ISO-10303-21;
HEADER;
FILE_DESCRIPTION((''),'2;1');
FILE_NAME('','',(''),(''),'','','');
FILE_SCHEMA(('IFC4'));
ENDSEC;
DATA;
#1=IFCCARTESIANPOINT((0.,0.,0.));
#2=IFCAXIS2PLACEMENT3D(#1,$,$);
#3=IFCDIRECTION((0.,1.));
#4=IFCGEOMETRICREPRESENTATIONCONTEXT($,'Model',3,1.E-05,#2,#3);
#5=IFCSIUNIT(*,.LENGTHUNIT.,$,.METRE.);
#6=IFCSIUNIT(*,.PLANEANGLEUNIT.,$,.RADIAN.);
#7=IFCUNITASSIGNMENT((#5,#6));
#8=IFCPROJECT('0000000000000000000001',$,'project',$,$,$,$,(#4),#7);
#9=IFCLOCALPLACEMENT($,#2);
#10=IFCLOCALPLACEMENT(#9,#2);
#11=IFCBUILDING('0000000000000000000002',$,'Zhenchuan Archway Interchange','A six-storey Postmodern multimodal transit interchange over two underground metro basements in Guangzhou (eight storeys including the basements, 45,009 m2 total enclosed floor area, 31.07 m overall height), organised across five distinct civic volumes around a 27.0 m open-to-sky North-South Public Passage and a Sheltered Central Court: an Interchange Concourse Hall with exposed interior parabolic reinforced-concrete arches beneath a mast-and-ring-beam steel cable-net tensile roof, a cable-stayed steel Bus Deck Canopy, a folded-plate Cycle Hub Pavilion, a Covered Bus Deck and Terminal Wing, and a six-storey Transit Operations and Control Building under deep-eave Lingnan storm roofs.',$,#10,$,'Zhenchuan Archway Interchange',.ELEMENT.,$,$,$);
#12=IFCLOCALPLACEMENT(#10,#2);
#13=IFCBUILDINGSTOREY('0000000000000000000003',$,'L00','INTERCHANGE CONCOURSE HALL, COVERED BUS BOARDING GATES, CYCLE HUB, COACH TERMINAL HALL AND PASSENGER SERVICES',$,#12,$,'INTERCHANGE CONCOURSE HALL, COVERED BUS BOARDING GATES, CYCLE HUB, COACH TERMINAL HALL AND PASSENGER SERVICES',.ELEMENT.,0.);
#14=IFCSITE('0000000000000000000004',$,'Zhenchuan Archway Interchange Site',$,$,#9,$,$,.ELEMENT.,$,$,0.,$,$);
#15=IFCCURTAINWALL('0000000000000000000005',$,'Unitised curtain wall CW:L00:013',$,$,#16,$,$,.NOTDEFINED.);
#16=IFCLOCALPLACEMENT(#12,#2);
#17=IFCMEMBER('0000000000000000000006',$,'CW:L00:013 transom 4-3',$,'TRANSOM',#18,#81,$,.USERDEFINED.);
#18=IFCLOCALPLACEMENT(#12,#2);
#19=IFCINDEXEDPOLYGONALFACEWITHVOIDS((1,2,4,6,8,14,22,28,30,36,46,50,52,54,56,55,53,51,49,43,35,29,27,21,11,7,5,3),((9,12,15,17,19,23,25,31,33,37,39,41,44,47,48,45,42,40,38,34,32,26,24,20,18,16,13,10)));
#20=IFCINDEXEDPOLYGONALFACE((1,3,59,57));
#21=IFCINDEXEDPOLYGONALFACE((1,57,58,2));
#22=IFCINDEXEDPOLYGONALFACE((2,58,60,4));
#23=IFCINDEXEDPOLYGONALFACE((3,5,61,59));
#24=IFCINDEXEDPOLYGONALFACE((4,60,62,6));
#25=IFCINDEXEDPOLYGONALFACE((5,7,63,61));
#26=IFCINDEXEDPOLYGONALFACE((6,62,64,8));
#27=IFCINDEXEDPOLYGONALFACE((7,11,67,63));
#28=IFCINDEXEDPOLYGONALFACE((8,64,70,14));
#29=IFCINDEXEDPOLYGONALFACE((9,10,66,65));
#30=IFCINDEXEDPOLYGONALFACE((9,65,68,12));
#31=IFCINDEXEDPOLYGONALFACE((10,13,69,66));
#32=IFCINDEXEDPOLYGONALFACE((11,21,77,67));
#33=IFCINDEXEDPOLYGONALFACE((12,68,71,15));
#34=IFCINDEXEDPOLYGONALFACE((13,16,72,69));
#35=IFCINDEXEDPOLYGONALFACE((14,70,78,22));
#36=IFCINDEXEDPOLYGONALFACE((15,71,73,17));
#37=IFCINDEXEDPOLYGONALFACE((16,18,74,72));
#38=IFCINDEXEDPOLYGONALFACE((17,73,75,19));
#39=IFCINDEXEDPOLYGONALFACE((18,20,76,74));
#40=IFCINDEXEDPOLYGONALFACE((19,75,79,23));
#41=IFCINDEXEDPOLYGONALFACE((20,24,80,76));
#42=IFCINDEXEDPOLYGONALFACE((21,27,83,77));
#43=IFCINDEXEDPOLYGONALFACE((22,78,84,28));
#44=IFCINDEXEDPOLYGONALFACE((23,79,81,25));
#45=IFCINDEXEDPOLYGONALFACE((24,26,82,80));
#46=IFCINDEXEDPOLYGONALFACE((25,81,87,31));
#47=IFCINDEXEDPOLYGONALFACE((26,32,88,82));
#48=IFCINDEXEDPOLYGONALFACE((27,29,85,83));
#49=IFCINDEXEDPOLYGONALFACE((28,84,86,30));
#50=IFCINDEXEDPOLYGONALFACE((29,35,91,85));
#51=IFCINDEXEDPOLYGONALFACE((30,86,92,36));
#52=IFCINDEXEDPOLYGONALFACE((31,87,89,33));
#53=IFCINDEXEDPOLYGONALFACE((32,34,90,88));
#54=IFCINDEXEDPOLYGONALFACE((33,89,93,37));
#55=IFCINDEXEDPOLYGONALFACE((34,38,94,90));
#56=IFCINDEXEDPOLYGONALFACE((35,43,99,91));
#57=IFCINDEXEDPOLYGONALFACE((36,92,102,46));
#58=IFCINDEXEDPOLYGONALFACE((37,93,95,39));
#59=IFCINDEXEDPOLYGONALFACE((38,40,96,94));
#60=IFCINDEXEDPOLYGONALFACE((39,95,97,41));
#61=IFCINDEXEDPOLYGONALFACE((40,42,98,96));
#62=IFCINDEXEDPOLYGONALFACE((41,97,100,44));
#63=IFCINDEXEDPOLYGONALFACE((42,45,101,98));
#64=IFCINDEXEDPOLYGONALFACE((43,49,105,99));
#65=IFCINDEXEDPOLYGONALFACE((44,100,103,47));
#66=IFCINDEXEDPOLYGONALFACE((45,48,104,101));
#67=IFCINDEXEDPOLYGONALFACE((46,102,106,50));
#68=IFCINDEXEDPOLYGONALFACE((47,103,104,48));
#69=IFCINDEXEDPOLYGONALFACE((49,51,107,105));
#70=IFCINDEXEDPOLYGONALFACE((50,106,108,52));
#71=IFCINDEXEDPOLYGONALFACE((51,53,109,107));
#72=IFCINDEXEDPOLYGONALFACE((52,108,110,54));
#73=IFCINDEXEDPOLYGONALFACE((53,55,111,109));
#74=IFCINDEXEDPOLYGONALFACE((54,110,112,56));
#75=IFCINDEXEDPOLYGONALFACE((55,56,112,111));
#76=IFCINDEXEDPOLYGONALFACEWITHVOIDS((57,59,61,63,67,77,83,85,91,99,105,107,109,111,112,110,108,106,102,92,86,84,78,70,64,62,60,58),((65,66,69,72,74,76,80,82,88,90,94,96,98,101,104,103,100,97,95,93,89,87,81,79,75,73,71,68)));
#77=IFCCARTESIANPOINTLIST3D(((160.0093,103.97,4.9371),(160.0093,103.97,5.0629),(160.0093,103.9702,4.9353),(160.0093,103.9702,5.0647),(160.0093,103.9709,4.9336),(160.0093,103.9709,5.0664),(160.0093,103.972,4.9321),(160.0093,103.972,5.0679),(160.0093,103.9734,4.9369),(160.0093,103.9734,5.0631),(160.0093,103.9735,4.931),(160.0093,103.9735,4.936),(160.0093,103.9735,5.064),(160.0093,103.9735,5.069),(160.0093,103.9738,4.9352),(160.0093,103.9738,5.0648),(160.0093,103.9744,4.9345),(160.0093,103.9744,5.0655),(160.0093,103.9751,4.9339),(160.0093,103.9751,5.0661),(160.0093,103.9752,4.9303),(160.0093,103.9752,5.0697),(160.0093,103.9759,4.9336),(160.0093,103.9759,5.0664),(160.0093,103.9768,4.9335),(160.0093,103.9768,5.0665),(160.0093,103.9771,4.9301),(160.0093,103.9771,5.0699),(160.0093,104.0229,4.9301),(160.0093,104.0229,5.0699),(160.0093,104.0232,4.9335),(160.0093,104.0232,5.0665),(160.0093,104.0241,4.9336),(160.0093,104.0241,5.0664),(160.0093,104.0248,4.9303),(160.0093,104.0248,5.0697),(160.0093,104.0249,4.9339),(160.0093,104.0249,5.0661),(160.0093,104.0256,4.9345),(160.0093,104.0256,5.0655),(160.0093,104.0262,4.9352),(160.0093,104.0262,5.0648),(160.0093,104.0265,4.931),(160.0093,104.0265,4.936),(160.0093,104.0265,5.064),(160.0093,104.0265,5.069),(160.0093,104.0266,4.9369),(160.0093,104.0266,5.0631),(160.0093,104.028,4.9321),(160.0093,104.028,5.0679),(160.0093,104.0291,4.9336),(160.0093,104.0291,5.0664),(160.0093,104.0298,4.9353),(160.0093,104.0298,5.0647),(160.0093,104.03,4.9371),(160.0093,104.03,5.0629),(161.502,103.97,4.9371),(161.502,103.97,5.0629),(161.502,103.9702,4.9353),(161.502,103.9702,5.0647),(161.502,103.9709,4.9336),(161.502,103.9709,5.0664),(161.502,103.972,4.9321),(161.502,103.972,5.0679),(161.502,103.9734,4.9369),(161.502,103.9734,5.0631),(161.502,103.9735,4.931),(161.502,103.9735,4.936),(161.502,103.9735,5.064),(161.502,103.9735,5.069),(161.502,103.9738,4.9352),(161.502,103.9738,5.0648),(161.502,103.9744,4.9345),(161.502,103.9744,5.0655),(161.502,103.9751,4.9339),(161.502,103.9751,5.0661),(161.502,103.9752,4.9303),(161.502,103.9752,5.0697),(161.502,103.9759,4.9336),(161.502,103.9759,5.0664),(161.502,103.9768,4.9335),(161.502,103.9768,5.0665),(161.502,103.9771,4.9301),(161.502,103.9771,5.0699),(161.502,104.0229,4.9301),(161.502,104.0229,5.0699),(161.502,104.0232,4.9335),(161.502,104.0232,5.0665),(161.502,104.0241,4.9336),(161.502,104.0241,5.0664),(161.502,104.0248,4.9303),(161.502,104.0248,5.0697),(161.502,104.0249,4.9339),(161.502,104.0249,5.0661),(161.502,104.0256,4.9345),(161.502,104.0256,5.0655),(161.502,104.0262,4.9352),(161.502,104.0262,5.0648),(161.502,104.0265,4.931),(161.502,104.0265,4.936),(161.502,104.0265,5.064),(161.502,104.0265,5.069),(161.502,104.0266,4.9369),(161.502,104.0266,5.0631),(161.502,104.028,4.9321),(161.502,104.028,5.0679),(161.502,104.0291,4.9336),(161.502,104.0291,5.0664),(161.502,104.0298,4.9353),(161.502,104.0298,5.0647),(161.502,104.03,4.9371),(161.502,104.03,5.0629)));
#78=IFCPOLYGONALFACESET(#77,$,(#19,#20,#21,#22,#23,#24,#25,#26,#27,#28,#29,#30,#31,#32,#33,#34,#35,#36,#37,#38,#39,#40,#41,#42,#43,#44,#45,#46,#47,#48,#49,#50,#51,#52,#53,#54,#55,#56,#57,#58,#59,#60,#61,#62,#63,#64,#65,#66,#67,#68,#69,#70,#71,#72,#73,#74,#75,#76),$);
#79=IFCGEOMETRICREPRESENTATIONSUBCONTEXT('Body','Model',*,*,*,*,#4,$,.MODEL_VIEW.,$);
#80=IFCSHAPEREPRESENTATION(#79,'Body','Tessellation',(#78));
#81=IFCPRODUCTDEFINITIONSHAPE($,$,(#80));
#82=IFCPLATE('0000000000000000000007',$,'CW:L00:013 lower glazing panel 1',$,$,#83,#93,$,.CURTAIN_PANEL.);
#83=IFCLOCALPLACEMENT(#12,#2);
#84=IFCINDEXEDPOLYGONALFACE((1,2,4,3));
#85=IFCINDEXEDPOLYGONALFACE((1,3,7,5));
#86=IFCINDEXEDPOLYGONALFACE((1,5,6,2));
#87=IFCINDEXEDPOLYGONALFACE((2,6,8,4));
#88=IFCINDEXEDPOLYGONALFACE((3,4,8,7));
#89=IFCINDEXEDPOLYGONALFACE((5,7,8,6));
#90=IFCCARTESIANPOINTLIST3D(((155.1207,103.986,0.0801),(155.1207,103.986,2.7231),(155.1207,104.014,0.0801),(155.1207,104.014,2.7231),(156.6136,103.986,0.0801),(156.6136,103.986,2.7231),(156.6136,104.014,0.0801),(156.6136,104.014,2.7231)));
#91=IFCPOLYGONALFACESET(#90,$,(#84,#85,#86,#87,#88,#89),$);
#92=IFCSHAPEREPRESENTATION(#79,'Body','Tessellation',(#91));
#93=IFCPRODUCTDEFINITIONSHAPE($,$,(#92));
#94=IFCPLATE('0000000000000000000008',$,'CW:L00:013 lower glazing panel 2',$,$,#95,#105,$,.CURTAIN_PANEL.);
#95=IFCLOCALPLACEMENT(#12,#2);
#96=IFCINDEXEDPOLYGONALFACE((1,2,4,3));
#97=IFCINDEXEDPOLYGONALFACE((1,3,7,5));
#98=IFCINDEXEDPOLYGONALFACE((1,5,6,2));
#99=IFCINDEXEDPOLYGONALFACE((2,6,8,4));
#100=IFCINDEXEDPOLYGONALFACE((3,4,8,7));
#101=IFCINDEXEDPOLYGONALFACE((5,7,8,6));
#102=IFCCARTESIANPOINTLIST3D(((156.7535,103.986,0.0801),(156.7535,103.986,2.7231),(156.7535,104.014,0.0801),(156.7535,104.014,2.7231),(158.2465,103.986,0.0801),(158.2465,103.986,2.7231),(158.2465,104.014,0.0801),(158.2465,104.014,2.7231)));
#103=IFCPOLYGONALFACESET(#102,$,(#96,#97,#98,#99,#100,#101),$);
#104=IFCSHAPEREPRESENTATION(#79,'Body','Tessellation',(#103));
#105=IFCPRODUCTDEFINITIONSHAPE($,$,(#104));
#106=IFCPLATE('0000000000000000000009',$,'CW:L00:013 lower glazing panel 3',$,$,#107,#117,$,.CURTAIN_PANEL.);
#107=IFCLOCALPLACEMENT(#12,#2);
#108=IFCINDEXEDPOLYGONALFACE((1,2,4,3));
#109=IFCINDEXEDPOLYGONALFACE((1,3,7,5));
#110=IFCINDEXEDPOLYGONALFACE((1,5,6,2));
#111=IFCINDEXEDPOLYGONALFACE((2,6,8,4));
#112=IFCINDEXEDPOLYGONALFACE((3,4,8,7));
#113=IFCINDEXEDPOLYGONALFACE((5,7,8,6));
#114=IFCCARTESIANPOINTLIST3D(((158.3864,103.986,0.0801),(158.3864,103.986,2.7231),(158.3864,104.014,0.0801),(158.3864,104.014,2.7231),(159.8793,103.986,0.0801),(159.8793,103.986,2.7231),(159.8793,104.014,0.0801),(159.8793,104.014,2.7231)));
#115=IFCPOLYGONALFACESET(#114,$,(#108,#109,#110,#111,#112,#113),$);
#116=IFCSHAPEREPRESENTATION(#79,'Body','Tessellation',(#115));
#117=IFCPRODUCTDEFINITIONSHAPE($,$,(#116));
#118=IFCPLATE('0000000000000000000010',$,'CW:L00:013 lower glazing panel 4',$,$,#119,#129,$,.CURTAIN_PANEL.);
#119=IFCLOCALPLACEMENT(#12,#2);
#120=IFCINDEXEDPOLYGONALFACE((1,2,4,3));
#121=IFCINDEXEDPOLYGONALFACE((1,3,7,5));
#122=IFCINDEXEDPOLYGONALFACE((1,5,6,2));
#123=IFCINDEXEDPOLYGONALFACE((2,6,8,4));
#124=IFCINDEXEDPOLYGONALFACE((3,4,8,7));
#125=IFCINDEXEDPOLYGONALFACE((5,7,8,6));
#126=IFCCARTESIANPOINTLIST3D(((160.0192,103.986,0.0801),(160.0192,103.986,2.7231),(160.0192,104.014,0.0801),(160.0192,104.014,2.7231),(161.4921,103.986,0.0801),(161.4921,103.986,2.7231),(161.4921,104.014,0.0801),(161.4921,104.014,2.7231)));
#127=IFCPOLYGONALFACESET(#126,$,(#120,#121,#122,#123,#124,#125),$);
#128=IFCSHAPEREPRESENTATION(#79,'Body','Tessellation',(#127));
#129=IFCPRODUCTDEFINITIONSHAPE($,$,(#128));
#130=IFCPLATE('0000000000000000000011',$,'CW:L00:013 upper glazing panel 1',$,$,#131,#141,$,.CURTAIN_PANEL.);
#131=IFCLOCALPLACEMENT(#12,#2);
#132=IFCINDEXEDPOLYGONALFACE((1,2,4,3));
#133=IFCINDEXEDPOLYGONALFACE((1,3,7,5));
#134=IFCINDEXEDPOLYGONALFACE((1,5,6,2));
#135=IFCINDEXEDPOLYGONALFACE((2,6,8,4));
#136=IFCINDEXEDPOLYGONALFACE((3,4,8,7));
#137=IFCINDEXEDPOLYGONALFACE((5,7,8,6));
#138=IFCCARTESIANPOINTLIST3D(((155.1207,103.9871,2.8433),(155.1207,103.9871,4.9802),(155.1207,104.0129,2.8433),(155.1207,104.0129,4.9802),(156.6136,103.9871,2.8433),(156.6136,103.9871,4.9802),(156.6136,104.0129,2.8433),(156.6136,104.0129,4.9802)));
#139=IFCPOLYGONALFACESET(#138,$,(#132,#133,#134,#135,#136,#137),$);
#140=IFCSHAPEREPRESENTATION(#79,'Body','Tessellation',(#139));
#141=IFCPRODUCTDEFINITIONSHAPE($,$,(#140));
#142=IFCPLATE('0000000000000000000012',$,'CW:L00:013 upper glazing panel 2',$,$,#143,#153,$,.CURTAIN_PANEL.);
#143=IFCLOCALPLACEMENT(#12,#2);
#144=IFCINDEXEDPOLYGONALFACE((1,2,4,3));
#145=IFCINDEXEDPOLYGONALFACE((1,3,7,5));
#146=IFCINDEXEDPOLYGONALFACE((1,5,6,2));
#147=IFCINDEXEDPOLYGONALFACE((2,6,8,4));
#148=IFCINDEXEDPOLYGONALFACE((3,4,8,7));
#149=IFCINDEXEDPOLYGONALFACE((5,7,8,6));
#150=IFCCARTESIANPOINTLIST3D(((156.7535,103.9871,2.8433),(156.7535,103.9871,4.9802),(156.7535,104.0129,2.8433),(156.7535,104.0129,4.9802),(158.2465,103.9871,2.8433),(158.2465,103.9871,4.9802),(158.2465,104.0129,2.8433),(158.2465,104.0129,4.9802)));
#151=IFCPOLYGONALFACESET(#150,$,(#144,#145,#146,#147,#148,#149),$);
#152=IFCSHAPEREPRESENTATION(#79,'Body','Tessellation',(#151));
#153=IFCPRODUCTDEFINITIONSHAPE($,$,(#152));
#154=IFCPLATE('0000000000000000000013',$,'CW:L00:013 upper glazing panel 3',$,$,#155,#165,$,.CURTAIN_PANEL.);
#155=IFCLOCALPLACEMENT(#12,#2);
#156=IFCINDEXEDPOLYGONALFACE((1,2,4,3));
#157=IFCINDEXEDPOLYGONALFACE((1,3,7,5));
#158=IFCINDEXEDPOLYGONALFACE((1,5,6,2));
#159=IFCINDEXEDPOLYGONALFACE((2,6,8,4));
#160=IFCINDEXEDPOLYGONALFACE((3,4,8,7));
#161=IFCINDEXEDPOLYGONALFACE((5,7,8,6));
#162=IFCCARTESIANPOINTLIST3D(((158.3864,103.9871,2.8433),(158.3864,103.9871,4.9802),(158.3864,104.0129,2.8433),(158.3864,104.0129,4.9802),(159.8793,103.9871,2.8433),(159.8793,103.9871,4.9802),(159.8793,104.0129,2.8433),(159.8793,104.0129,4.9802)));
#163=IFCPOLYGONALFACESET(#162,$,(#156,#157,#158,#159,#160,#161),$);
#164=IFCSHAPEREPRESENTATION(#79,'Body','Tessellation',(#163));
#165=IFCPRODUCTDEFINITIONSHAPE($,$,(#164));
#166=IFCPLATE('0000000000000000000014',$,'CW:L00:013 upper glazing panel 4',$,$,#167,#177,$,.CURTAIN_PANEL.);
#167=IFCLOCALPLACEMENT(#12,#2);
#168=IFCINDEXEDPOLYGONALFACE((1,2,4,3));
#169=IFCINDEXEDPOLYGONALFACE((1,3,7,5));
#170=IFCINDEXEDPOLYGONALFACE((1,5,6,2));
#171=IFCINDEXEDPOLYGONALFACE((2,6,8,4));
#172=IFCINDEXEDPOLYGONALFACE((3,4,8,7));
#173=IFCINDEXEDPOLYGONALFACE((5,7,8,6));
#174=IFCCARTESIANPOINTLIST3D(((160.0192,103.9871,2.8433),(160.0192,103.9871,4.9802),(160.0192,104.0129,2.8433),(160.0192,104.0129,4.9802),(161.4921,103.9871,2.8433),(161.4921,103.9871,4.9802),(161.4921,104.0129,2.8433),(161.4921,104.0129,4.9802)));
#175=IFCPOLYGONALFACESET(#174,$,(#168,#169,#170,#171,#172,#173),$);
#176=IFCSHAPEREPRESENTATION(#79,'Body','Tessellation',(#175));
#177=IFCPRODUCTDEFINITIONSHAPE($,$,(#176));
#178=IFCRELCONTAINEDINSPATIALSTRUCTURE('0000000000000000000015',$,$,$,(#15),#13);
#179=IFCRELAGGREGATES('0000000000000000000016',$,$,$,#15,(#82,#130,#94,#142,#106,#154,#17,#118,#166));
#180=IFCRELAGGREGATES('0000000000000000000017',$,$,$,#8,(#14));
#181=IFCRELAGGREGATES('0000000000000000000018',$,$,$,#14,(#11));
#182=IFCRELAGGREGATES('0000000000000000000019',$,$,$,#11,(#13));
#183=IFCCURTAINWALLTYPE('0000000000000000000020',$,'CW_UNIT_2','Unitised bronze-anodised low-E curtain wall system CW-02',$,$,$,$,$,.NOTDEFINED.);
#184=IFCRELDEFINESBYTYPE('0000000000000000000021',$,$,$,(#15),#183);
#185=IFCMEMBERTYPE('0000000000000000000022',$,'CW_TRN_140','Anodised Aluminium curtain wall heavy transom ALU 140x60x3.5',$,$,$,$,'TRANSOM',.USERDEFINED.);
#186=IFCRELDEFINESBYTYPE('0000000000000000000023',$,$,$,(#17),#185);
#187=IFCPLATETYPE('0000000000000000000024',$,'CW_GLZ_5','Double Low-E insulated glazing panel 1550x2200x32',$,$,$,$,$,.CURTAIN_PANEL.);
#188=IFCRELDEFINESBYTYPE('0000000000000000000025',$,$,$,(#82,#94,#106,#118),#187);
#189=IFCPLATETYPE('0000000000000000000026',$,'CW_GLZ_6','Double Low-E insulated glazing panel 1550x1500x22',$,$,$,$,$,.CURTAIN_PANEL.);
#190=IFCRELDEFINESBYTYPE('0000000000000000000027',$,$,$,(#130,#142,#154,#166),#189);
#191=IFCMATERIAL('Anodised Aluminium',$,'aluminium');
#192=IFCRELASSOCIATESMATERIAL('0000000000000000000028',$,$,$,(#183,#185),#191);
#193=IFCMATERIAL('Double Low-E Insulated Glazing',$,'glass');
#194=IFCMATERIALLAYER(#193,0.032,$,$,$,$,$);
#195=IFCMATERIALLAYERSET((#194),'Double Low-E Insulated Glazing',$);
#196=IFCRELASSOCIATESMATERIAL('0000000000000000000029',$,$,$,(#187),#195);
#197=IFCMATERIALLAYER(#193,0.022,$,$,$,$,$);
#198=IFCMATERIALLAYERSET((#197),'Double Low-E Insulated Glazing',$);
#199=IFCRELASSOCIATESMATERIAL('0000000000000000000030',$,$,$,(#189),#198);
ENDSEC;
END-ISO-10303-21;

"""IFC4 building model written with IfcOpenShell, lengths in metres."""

from ifc_helpers import new_model, si_unit, direction, frame, origin, origin_2d, place, context, subcontext, project, spatial, rectangle, hollow_rectangle, extrude, material, layer, layer_set, material_profile, profile_set, type_object, element, aggregate, save


model = new_model("IFC4")

# Units and contexts
model_context = context("Model", 3, precision=1e-05, world=origin(), true_north=direction((0.0, 1.0)))
body_context = subcontext(model_context, "Body", "Model", "MODEL_VIEW")
ifc_project = project(units=[si_unit("LENGTHUNIT", "METRE"), si_unit("PLANEANGLEUNIT", "RADIAN")], contexts=[model_context])

# Site, building, storey
site_placement = place(None, origin())
site = spatial("IfcSite", under=ifc_project, at=site_placement, Name="Zhenchuan Archway Interchange Site", CompositionType="ELEMENT", RefElevation=0.0)
building_placement = place(site_placement, origin())
building = spatial("IfcBuilding", under=site, at=building_placement, Name="Zhenchuan Archway Interchange", Description="A six-storey Postmodern multimodal transit interchange over two underground metro basements in Guangzhou (eight storeys including the basements, 45,009 m2 total enclosed floor area, 31.07 m overall height), organised across five distinct civic volumes around a 27.0 m open-to-sky North-South Public Passage and a Sheltered Central Court: an Interchange Concourse Hall with exposed interior parabolic reinforced-concrete arches beneath a mast-and-ring-beam steel cable-net tensile roof, a cable-stayed steel Bus Deck Canopy, a folded-plate Cycle Hub Pavilion, a Covered Bus Deck and Terminal Wing, and a six-storey Transit Operations and Control Building under deep-eave Lingnan storm roofs.", LongName="Zhenchuan Archway Interchange", CompositionType="ELEMENT")
storey_placement = place(building_placement, origin())
storey = spatial("IfcBuildingStorey", under=building, at=storey_placement, Name="L00", Description="INTERCHANGE CONCOURSE HALL, COVERED BUS BOARDING GATES, CYCLE HUB, COACH TERMINAL HALL AND PASSENGER SERVICES", LongName="INTERCHANGE CONCOURSE HALL, COVERED BUS BOARDING GATES, CYCLE HUB, COACH TERMINAL HALL AND PASSENGER SERVICES", CompositionType="ELEMENT", Elevation=0.0)

# Curtain wall, member, plates
ifc_material_1 = material(Name="Anodised Aluminium", Category="aluminium")
curtain_wall_type = type_object("IfcCurtainWallType", Name="CW_UNIT_2", Description="Unitised bronze-anodised low-E curtain wall system CW-02", PredefinedType="NOTDEFINED", material=ifc_material_1)
curtain_wall_placement = place(storey_placement, origin())
curtain_wall = element("IfcCurtainWall", 1, at=curtain_wall_placement, inside=storey, type_object=curtain_wall_type, Name="Unitised curtain wall CW:L00:013", PredefinedType="NOTDEFINED")
ifc_material_profile_1 = material_profile(ifc_material_1, hollow_rectangle(XDim=0.0601, YDim=0.1399, WallThickness=0.0034, InnerFilletRadius=0.0034, OuterFilletRadius=0.0071, at=origin_2d()), Name="ALU 140x60x3.5")
ifc_profile_set_1 = profile_set([ifc_material_profile_1], Name="Anodised Aluminium")
member_type_1 = type_object("IfcMemberType", Name="CW_TRN_140", Description="Anodised Aluminium curtain wall heavy transom ALU 140x60x3.5", ElementType="TRANSOM", PredefinedType="USERDEFINED", material=ifc_profile_set_1)
member_1_placement = place(storey_placement, frame((160.0093, 104.0, 5.0), z_axis=(1.0, 0.0, 0.0), x_axis=(0.0, 1.0, 0.0)))
member_1 = element("IfcMember", 2, at=member_1_placement, type_object=member_type_1, Name="CW:L00:013 transom 4-3", ObjectType="TRANSOM", PredefinedType="USERDEFINED", context=body_context, shape_type="SweptSolid", body=[
    extrude(hollow_rectangle(XDim=0.0601, YDim=0.1399, WallThickness=0.0034, InnerFilletRadius=0.0034, OuterFilletRadius=0.0071, at=origin_2d()), origin(), (0.0, 0.0, 1.0), 1.4927),
])
ifc_material_2 = material(Name="Double Low-E Insulated Glazing", Category="glass")
ifc_layer_1 = layer(ifc_material_2, 0.032)
ifc_layer_set_1 = layer_set([ifc_layer_1], Name="Double Low-E Insulated Glazing")
plate_type_1 = type_object("IfcPlateType", Name="CW_GLZ_5", Description="Double Low-E insulated glazing panel 1550x2200x32", PredefinedType="CURTAIN_PANEL", material=ifc_layer_set_1)
plate_1_placement = place(storey_placement, frame((155.8672, 104.0, 0.0801), z_axis=(0.0, 0.0, 1.0), x_axis=(1.0, 0.0, 0.0)))
plate_1 = element("IfcPlate", 3, at=plate_1_placement, type_object=plate_type_1, Name="CW:L00:013 lower glazing panel 1", PredefinedType="CURTAIN_PANEL", context=body_context, shape_type="SweptSolid", body=[
    extrude(rectangle(XDim=1.4929, YDim=0.0281, at=origin_2d()), origin(), (0.0, 0.0, 1.0), 2.6431),
])
plate_2_placement = place(storey_placement, frame((157.5, 104.0, 0.0801), z_axis=(0.0, 0.0, 1.0), x_axis=(1.0, 0.0, 0.0)))
plate_2 = element("IfcPlate", 4, at=plate_2_placement, type_object=plate_type_1, Name="CW:L00:013 lower glazing panel 2", PredefinedType="CURTAIN_PANEL", context=body_context, shape_type="SweptSolid", body=[
    extrude(rectangle(XDim=1.4929, YDim=0.0281, at=origin_2d()), origin(), (0.0, 0.0, 1.0), 2.6431),
])
plate_3_placement = place(storey_placement, frame((159.1328, 104.0, 0.0801), z_axis=(0.0, 0.0, 1.0), x_axis=(1.0, 0.0, 0.0)))
plate_3 = element("IfcPlate", 5, at=plate_3_placement, type_object=plate_type_1, Name="CW:L00:013 lower glazing panel 3", PredefinedType="CURTAIN_PANEL", context=body_context, shape_type="SweptSolid", body=[
    extrude(rectangle(XDim=1.4929, YDim=0.0281, at=origin_2d()), origin(), (0.0, 0.0, 1.0), 2.6431),
])
plate_4_placement = place(storey_placement, frame((160.7556, 104.0, 0.0801), z_axis=(0.0, 0.0, 1.0), x_axis=(1.0, 0.0, 0.0)))
plate_4 = element("IfcPlate", 6, at=plate_4_placement, type_object=plate_type_1, Name="CW:L00:013 lower glazing panel 4", PredefinedType="CURTAIN_PANEL", context=body_context, shape_type="SweptSolid", body=[
    extrude(rectangle(XDim=1.4729, YDim=0.0281, at=origin_2d()), origin(), (0.0, 0.0, 1.0), 2.6431),
])
ifc_layer_2 = layer(ifc_material_2, 0.022)
ifc_layer_set_2 = layer_set([ifc_layer_2], Name="Double Low-E Insulated Glazing")
plate_type_2 = type_object("IfcPlateType", Name="CW_GLZ_6", Description="Double Low-E insulated glazing panel 1550x1500x22", PredefinedType="CURTAIN_PANEL", material=ifc_layer_set_2)
plate_5_placement = place(storey_placement, frame((155.8672, 104.0, 2.8433), z_axis=(0.0, 0.0, 1.0), x_axis=(1.0, 0.0, 0.0)))
plate_5 = element("IfcPlate", 7, at=plate_5_placement, type_object=plate_type_2, Name="CW:L00:013 upper glazing panel 1", PredefinedType="CURTAIN_PANEL", context=body_context, shape_type="SweptSolid", body=[
    extrude(rectangle(XDim=1.4929, YDim=0.0259, at=origin_2d()), origin(), (0.0, 0.0, 1.0), 2.137),
])
plate_6_placement = place(storey_placement, frame((157.5, 104.0, 2.8433), z_axis=(0.0, 0.0, 1.0), x_axis=(1.0, 0.0, 0.0)))
plate_6 = element("IfcPlate", 8, at=plate_6_placement, type_object=plate_type_2, Name="CW:L00:013 upper glazing panel 2", PredefinedType="CURTAIN_PANEL", context=body_context, shape_type="SweptSolid", body=[
    extrude(rectangle(XDim=1.4929, YDim=0.0259, at=origin_2d()), origin(), (0.0, 0.0, 1.0), 2.137),
])
plate_7_placement = place(storey_placement, frame((159.1328, 104.0, 2.8433), z_axis=(0.0, 0.0, 1.0), x_axis=(1.0, 0.0, 0.0)))
plate_7 = element("IfcPlate", 9, at=plate_7_placement, type_object=plate_type_2, Name="CW:L00:013 upper glazing panel 3", PredefinedType="CURTAIN_PANEL", context=body_context, shape_type="SweptSolid", body=[
    extrude(rectangle(XDim=1.4929, YDim=0.0259, at=origin_2d()), origin(), (0.0, 0.0, 1.0), 2.137),
])
plate_8_placement = place(storey_placement, frame((160.7556, 104.0, 2.8433), z_axis=(0.0, 0.0, 1.0), x_axis=(1.0, 0.0, 0.0)))
plate_8 = element("IfcPlate", 10, at=plate_8_placement, type_object=plate_type_2, Name="CW:L00:013 upper glazing panel 4", PredefinedType="CURTAIN_PANEL", context=body_context, shape_type="SweptSolid", body=[
    extrude(rectangle(XDim=1.4729, YDim=0.0259, at=origin_2d()), origin(), (0.0, 0.0, 1.0), 2.137),
])
aggregate(curtain_wall, [plate_1, plate_5, plate_2, plate_6, plate_3, plate_7, member_1, plate_4, plate_8])

save(model, "model.ifc")
